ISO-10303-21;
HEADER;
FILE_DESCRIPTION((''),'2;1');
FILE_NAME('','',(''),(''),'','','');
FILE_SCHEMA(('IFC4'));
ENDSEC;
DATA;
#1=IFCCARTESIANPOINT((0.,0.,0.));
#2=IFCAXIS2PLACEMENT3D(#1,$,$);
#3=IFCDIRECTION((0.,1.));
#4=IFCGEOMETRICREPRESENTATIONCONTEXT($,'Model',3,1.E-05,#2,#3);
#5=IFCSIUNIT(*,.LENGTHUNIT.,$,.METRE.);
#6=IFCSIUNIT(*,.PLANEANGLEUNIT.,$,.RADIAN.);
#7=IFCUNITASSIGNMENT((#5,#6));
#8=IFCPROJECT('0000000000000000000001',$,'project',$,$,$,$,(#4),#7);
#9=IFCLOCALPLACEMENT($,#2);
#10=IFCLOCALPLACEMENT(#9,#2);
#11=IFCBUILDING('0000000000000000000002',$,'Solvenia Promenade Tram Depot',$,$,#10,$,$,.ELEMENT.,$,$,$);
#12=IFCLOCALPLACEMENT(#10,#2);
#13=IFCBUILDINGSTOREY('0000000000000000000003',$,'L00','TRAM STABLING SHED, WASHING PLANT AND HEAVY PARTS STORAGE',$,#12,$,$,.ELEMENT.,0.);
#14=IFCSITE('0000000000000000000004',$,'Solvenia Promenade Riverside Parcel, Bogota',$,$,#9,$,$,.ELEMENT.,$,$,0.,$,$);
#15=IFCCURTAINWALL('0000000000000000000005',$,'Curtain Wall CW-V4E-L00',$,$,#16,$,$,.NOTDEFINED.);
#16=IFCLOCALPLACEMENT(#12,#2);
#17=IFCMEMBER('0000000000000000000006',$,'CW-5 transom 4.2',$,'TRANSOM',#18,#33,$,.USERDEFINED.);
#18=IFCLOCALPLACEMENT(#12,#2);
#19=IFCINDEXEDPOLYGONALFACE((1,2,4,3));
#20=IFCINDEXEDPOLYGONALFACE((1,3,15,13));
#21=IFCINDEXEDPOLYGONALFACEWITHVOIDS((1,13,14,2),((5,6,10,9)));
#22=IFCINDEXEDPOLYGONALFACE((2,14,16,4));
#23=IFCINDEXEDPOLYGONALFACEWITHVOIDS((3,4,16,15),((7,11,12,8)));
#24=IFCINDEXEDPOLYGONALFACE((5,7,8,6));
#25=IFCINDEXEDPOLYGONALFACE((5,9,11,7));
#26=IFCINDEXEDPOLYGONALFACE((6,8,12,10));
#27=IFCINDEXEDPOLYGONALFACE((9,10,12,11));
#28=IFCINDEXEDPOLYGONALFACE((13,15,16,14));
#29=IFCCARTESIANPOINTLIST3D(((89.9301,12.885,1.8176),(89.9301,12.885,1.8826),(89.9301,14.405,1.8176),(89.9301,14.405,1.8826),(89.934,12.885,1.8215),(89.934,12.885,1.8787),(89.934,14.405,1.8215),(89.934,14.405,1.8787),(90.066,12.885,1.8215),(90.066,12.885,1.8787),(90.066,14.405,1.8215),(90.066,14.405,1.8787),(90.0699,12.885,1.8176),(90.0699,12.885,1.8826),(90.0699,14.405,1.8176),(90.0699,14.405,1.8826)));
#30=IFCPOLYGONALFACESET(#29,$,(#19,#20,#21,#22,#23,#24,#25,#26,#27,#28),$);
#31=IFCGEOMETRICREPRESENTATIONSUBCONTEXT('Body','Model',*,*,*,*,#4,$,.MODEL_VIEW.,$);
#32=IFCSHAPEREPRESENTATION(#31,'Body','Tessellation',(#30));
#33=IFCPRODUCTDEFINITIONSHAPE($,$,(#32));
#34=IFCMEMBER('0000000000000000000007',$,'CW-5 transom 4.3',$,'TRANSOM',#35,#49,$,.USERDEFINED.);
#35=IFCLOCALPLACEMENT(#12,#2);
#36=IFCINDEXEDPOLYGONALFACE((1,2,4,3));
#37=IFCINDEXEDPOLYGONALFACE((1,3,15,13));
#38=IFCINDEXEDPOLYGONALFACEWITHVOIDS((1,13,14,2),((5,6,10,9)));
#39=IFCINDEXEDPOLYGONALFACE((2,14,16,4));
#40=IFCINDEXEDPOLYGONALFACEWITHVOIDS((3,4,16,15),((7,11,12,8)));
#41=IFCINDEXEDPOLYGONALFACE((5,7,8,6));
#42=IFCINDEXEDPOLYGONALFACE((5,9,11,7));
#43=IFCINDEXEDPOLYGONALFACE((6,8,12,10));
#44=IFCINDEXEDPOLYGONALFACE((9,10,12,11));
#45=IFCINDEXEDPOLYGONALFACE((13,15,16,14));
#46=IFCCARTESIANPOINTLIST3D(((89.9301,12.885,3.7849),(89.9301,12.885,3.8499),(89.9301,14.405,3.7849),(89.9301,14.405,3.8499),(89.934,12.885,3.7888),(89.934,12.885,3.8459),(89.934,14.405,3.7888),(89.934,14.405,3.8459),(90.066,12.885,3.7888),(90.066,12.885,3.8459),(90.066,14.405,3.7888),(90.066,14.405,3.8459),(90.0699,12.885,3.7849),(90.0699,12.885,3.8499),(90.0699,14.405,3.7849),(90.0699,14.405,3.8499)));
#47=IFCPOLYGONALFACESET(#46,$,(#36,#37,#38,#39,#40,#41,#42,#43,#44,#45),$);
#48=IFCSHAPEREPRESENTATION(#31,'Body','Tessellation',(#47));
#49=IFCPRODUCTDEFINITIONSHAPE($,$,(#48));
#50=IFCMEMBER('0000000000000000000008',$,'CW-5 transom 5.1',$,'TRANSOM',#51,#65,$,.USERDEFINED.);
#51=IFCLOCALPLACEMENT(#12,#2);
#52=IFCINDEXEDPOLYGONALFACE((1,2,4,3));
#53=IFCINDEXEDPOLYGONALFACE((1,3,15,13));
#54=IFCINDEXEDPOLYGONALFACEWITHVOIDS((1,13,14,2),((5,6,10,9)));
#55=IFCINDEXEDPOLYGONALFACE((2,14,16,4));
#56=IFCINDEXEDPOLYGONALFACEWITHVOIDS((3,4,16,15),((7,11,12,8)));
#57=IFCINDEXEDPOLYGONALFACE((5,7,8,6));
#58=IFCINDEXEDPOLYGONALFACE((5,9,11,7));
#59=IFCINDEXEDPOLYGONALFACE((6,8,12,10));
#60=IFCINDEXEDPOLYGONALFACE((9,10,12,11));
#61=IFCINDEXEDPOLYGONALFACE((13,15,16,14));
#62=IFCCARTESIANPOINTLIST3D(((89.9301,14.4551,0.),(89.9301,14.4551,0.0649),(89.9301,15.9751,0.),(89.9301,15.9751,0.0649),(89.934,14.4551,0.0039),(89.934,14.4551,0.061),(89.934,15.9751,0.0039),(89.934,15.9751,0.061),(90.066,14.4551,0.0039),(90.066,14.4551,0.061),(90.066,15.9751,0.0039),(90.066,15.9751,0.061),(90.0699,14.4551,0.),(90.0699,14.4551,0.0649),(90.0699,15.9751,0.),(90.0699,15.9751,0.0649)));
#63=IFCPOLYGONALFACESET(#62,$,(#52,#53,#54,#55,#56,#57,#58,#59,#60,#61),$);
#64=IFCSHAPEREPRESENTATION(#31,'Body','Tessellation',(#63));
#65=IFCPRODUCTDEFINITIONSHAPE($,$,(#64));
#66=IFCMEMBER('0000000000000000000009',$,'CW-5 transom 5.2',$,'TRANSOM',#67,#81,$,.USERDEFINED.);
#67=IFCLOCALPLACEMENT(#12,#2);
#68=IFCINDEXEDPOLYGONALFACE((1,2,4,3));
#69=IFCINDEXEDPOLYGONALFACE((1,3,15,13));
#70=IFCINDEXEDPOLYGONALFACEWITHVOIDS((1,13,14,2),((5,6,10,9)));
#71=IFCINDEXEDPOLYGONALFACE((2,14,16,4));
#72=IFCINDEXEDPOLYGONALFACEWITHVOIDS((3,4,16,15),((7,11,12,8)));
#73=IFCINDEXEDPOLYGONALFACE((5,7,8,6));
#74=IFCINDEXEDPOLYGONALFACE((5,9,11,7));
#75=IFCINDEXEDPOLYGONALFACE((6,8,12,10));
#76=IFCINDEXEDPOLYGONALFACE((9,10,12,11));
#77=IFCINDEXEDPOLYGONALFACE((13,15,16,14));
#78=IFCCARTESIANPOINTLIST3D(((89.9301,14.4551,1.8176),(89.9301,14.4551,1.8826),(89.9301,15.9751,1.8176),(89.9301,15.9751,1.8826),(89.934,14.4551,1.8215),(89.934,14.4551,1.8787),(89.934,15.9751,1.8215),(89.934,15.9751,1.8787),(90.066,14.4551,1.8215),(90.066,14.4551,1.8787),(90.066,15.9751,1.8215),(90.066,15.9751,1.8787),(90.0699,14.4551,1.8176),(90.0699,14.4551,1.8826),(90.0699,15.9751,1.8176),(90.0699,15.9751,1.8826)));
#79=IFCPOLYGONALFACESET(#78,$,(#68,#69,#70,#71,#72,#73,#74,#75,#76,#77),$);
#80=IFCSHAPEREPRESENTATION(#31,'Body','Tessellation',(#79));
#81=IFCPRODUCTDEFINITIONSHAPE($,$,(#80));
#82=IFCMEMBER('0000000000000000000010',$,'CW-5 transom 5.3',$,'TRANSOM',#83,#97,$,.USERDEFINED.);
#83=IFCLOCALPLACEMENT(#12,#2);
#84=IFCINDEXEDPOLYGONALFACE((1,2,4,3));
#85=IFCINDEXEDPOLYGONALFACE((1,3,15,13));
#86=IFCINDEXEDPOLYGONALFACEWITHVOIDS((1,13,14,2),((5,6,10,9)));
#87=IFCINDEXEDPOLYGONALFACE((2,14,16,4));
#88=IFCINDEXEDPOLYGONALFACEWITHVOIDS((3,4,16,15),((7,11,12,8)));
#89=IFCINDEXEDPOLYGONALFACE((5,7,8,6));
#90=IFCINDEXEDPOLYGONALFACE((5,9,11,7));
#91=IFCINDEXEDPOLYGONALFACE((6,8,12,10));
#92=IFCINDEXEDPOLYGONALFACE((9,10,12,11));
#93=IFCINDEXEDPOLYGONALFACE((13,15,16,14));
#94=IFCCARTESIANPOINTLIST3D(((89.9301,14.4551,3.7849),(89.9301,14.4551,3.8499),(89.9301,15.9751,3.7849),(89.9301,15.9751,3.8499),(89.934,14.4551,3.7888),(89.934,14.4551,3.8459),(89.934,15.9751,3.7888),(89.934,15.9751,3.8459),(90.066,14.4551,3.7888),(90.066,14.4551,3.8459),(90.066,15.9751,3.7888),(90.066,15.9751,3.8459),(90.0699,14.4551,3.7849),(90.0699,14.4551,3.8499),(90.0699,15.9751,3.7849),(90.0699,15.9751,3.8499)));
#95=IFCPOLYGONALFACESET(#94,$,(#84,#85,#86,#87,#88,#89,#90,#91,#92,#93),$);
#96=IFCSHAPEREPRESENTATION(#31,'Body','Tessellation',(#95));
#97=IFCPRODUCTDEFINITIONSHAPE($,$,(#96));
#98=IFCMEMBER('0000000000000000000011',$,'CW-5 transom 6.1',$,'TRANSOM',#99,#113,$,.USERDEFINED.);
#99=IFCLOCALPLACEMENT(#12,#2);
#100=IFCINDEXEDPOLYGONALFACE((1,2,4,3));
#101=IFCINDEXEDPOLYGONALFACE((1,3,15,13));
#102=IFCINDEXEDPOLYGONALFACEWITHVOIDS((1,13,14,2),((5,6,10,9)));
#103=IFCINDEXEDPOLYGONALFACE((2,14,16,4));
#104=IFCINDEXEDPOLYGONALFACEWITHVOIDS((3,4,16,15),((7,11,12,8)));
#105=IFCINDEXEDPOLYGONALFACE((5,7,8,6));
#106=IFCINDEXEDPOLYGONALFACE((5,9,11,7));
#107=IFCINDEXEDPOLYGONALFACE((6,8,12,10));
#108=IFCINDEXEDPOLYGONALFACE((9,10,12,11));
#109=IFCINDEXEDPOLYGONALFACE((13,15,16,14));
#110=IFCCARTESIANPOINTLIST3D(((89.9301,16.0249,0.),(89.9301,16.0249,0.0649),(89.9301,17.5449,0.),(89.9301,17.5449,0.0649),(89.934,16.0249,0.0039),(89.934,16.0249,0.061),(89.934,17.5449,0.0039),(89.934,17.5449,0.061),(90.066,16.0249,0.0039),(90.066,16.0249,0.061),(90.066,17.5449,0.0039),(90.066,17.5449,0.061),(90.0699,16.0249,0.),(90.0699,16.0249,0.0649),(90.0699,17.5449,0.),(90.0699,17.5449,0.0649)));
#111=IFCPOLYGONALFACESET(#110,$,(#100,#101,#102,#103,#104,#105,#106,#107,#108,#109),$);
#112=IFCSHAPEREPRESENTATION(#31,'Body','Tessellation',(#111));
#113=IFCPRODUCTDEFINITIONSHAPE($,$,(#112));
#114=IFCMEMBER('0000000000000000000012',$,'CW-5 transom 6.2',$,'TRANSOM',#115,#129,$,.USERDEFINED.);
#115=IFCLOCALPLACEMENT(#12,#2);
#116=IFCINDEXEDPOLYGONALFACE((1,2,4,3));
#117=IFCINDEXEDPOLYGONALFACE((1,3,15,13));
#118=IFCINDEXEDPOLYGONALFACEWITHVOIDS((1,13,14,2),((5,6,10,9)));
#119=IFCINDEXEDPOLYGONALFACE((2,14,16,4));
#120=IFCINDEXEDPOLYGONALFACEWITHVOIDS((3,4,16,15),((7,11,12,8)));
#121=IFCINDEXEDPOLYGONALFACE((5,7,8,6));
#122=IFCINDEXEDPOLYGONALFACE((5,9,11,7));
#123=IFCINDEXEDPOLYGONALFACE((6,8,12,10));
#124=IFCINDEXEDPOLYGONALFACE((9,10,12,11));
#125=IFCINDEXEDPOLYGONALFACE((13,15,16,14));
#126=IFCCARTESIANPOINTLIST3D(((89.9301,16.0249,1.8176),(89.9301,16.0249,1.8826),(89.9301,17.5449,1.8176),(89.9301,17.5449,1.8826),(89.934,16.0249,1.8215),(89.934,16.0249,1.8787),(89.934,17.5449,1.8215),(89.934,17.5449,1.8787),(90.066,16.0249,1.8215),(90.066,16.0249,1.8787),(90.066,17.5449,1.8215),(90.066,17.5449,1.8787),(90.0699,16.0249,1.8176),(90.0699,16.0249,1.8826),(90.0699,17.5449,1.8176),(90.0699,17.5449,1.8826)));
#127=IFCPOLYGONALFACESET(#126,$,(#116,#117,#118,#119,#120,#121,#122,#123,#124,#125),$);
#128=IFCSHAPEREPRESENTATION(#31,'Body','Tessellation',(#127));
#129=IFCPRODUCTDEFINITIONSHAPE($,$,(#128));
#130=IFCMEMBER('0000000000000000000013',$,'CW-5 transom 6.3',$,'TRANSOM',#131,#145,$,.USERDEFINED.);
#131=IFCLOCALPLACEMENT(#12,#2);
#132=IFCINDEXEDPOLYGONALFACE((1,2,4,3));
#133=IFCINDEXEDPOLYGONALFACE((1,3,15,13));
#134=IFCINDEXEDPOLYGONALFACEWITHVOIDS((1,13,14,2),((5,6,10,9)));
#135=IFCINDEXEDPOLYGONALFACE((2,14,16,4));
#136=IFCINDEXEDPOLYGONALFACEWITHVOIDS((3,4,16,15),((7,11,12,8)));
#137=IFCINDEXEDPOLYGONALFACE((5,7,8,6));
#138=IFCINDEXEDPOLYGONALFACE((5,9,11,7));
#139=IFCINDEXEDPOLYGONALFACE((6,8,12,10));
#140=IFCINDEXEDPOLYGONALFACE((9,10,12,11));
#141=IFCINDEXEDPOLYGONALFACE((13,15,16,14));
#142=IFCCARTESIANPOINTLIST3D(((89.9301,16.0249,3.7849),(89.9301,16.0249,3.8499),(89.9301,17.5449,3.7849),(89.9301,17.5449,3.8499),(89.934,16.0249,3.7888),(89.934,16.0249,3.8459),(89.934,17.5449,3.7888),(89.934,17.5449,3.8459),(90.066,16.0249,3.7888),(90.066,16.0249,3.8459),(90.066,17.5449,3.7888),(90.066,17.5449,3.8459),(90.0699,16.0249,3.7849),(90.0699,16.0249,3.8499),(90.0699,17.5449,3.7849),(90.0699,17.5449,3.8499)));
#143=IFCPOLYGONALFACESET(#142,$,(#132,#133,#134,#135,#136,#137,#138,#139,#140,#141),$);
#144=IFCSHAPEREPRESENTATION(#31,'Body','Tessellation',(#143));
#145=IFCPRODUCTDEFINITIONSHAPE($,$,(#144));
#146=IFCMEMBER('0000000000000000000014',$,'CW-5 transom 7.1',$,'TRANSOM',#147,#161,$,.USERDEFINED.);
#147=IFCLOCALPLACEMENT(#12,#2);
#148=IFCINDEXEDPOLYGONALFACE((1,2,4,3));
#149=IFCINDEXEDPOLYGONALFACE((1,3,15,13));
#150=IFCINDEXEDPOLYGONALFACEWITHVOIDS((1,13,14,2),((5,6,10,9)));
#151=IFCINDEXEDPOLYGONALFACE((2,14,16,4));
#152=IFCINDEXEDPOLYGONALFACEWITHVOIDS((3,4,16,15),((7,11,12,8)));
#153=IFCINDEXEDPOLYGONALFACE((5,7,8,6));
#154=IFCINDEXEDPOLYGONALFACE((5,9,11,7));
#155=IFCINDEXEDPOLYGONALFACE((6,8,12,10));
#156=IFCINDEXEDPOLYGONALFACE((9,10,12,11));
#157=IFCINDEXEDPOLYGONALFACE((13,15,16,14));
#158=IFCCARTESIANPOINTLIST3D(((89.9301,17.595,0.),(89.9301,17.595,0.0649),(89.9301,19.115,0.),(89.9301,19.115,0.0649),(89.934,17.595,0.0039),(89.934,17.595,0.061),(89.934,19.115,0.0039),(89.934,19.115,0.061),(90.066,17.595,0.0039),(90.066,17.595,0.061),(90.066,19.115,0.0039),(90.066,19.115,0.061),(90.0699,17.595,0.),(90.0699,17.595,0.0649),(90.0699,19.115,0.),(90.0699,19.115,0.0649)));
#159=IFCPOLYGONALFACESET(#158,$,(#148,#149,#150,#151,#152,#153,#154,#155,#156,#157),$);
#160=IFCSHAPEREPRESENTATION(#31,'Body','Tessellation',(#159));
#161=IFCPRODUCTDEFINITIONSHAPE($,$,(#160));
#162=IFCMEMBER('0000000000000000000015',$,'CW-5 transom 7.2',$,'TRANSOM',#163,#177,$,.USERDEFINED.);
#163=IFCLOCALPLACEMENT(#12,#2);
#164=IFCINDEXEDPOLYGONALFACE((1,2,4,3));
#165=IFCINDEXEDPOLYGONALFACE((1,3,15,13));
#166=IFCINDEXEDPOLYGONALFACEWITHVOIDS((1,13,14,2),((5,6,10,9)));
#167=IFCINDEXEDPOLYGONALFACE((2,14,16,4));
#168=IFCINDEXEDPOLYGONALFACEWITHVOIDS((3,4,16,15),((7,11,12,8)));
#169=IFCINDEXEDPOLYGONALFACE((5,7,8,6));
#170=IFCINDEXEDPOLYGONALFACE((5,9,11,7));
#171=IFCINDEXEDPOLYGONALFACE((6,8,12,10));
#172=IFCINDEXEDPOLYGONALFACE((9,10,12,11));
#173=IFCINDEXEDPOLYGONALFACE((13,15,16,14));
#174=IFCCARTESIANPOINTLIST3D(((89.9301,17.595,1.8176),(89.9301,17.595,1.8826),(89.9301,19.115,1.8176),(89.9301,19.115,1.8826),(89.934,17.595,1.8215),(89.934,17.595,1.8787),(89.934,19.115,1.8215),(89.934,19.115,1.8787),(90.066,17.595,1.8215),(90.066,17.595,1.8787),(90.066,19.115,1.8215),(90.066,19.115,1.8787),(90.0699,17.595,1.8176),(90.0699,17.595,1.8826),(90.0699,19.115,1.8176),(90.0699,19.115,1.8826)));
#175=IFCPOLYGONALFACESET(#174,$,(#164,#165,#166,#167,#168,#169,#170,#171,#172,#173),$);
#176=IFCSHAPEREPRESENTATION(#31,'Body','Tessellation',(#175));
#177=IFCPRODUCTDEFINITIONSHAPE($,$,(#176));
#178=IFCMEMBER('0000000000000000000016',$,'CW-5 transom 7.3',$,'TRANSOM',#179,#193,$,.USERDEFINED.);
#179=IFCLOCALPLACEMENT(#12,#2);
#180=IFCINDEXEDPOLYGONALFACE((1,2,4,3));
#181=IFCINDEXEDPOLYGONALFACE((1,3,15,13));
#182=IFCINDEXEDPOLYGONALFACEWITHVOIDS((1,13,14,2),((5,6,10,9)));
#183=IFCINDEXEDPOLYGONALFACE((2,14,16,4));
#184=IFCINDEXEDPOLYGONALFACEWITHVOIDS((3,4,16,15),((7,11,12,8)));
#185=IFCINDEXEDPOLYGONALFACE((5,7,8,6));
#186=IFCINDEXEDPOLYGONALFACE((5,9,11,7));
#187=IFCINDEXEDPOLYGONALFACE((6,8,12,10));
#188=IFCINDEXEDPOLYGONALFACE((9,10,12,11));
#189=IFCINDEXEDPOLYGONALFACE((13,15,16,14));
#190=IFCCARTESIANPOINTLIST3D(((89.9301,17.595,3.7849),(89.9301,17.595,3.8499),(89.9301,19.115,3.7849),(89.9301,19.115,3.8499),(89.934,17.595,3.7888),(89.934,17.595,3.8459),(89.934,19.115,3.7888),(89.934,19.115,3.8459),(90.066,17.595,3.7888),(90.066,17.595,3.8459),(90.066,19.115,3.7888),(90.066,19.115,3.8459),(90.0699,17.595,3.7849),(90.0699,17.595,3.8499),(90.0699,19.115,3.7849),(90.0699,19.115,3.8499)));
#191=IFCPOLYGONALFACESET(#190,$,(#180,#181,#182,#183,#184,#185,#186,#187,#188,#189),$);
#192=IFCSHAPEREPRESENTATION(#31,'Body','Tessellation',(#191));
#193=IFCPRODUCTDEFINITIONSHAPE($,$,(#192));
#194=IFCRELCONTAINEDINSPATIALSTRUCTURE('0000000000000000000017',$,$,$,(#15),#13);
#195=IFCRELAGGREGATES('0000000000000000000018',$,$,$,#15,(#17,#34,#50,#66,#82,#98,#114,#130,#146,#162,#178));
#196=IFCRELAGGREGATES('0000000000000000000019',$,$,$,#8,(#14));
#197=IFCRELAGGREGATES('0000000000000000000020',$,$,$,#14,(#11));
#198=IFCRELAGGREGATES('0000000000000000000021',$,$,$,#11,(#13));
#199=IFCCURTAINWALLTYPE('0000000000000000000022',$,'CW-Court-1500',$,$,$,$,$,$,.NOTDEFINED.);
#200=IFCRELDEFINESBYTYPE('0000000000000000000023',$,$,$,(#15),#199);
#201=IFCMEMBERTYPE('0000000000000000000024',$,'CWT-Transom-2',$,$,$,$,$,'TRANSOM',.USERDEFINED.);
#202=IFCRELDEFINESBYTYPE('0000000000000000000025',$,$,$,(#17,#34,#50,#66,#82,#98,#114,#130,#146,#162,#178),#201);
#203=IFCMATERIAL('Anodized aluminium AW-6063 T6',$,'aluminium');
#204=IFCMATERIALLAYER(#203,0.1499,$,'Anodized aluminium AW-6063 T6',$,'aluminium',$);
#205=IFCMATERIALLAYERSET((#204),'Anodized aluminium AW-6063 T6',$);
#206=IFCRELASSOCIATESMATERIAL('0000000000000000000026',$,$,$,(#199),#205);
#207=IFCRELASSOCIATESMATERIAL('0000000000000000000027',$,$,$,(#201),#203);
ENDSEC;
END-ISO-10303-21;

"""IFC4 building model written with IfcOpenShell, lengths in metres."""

from ifc_helpers import new_model, si_unit, direction, frame, origin, origin_2d, place, context, subcontext, project, spatial, hollow_rectangle, extrude, material, layer, layer_set, material_profile, profile_set, type_object, element, aggregate, save


model = new_model("IFC4")

# Units and contexts
model_context = context("Model", 3, precision=1e-05, world=origin(), true_north=direction((0.0, 1.0)))
body_context = subcontext(model_context, "Body", "Model", "MODEL_VIEW")
ifc_project = project(units=[si_unit("LENGTHUNIT", "METRE"), si_unit("PLANEANGLEUNIT", "RADIAN")], contexts=[model_context])

# Site, building, storey
site_placement = place(None, origin())
site = spatial("IfcSite", under=ifc_project, at=site_placement, Name="Solvenia Promenade Riverside Parcel, Bogota", CompositionType="ELEMENT", RefElevation=0.0)
building_placement = place(site_placement, origin())
building = spatial("IfcBuilding", under=site, at=building_placement, Name="Solvenia Promenade Tram Depot", CompositionType="ELEMENT")
storey_placement = place(building_placement, origin())
storey = spatial("IfcBuildingStorey", under=building, at=storey_placement, Name="L00", Description="TRAM STABLING SHED, WASHING PLANT AND HEAVY PARTS STORAGE", CompositionType="ELEMENT", Elevation=0.0)

# Curtain wall, members
ifc_material_1 = material(Name="Anodized aluminium AW-6063 T6", Category="aluminium")
ifc_layer_1 = layer(ifc_material_1, 0.1499, Name="Anodized aluminium AW-6063 T6", Category="aluminium")
ifc_layer_set_1 = layer_set([ifc_layer_1], Name="Anodized aluminium AW-6063 T6")
curtain_wall_type = type_object("IfcCurtainWallType", Name="CW-Court-1500", PredefinedType="NOTDEFINED", material=ifc_layer_set_1)
curtain_wall_placement = place(storey_placement, origin())
curtain_wall = element("IfcCurtainWall", 1, at=curtain_wall_placement, inside=storey, type_object=curtain_wall_type, Name="Curtain Wall CW-V4E-L00", PredefinedType="NOTDEFINED")
ifc_material_profile_1 = material_profile(ifc_material_1, hollow_rectangle(XDim=0.1399, YDim=0.0649, WallThickness=0.0039, at=origin_2d()), Name="ALU-T2", Category="aluminium")
ifc_profile_set_1 = profile_set([ifc_material_profile_1], Name="Anodized aluminium AW-6063 T6")
member_type_1 = type_object("IfcMemberType", Name="CWT-Transom-2", ElementType="TRANSOM", PredefinedType="USERDEFINED", material=ifc_profile_set_1)
member_1_placement = place(storey_placement, frame((90.0, 12.885, 1.8501), z_axis=(0.0, 1.0, 0.0), x_axis=(-1.0, 0.0, 0.0)))
member_1 = element("IfcMember", 2, at=member_1_placement, type_object=member_type_1, Name="CW-5 transom 4.2", ObjectType="TRANSOM", PredefinedType="USERDEFINED", context=body_context, shape_type="SweptSolid", body=[
    extrude(hollow_rectangle(XDim=0.1399, YDim=0.0649, WallThickness=0.0039, at=origin_2d()), origin(), (0.0, 0.0, 1.0), 1.52),
])
member_2_placement = place(storey_placement, frame((90.0, 12.885, 3.8174), z_axis=(0.0, 1.0, 0.0), x_axis=(-1.0, 0.0, 0.0)))
member_2 = element("IfcMember", 3, at=member_2_placement, type_object=member_type_1, Name="CW-5 transom 4.3", ObjectType="TRANSOM", PredefinedType="USERDEFINED", context=body_context, shape_type="SweptSolid", body=[
    extrude(hollow_rectangle(XDim=0.1399, YDim=0.0649, WallThickness=0.0039, at=origin_2d()), origin(), (0.0, 0.0, 1.0), 1.52),
])
member_3_placement = place(storey_placement, frame((90.0, 14.4551, 0.0325), z_axis=(0.0, 1.0, 0.0), x_axis=(-1.0, 0.0, 0.0)))
member_3 = element("IfcMember", 4, at=member_3_placement, type_object=member_type_1, Name="CW-5 transom 5.1", ObjectType="TRANSOM", PredefinedType="USERDEFINED", context=body_context, shape_type="SweptSolid", body=[
    extrude(hollow_rectangle(XDim=0.1399, YDim=0.0649, WallThickness=0.0039, at=origin_2d()), origin(), (0.0, 0.0, 1.0), 1.52),
])
member_4_placement = place(storey_placement, frame((90.0, 14.4551, 1.8501), z_axis=(0.0, 1.0, 0.0), x_axis=(-1.0, 0.0, 0.0)))
member_4 = element("IfcMember", 5, at=member_4_placement, type_object=member_type_1, Name="CW-5 transom 5.2", ObjectType="TRANSOM", PredefinedType="USERDEFINED", context=body_context, shape_type="SweptSolid", body=[
    extrude(hollow_rectangle(XDim=0.1399, YDim=0.0649, WallThickness=0.0039, at=origin_2d()), origin(), (0.0, 0.0, 1.0), 1.52),
])
member_5_placement = place(storey_placement, frame((90.0, 14.4551, 3.8174), z_axis=(0.0, 1.0, 0.0), x_axis=(-1.0, 0.0, 0.0)))
member_5 = element("IfcMember", 6, at=member_5_placement, type_object=member_type_1, Name="CW-5 transom 5.3", ObjectType="TRANSOM", PredefinedType="USERDEFINED", context=body_context, shape_type="SweptSolid", body=[
    extrude(hollow_rectangle(XDim=0.1399, YDim=0.0649, WallThickness=0.0039, at=origin_2d()), origin(), (0.0, 0.0, 1.0), 1.52),
])
member_6_placement = place(storey_placement, frame((90.0, 16.0249, 0.0325), z_axis=(0.0, 1.0, 0.0), x_axis=(-1.0, 0.0, 0.0)))
member_6 = element("IfcMember", 7, at=member_6_placement, type_object=member_type_1, Name="CW-5 transom 6.1", ObjectType="TRANSOM", PredefinedType="USERDEFINED", context=body_context, shape_type="SweptSolid", body=[
    extrude(hollow_rectangle(XDim=0.1399, YDim=0.0649, WallThickness=0.0039, at=origin_2d()), origin(), (0.0, 0.0, 1.0), 1.52),
])
member_7_placement = place(storey_placement, frame((90.0, 16.0249, 1.8501), z_axis=(0.0, 1.0, 0.0), x_axis=(-1.0, 0.0, 0.0)))
member_7 = element("IfcMember", 8, at=member_7_placement, type_object=member_type_1, Name="CW-5 transom 6.2", ObjectType="TRANSOM", PredefinedType="USERDEFINED", context=body_context, shape_type="SweptSolid", body=[
    extrude(hollow_rectangle(XDim=0.1399, YDim=0.0649, WallThickness=0.0039, at=origin_2d()), origin(), (0.0, 0.0, 1.0), 1.52),
])
member_8_placement = place(storey_placement, frame((90.0, 16.0249, 3.8174), z_axis=(0.0, 1.0, 0.0), x_axis=(-1.0, 0.0, 0.0)))
member_8 = element("IfcMember", 9, at=member_8_placement, type_object=member_type_1, Name="CW-5 transom 6.3", ObjectType="TRANSOM", PredefinedType="USERDEFINED", context=body_context, shape_type="SweptSolid", body=[
    extrude(hollow_rectangle(XDim=0.1399, YDim=0.0649, WallThickness=0.0039, at=origin_2d()), origin(), (0.0, 0.0, 1.0), 1.52),
])
member_9_placement = place(storey_placement, frame((90.0, 17.595, 0.0325), z_axis=(0.0, 1.0, 0.0), x_axis=(-1.0, 0.0, 0.0)))
member_9 = element("IfcMember", 10, at=member_9_placement, type_object=member_type_1, Name="CW-5 transom 7.1", ObjectType="TRANSOM", PredefinedType="USERDEFINED", context=body_context, shape_type="SweptSolid", body=[
    extrude(hollow_rectangle(XDim=0.1399, YDim=0.0649, WallThickness=0.0039, at=origin_2d()), origin(), (0.0, 0.0, 1.0), 1.52),
])
member_10_placement = place(storey_placement, frame((90.0, 17.595, 1.8501), z_axis=(0.0, 1.0, 0.0), x_axis=(-1.0, 0.0, 0.0)))
member_10 = element("IfcMember", 11, at=member_10_placement, type_object=member_type_1, Name="CW-5 transom 7.2", ObjectType="TRANSOM", PredefinedType="USERDEFINED", context=body_context, shape_type="SweptSolid", body=[
    extrude(hollow_rectangle(XDim=0.1399, YDim=0.0649, WallThickness=0.0039, at=origin_2d()), origin(), (0.0, 0.0, 1.0), 1.52),
])
member_11_placement = place(storey_placement, frame((90.0, 17.595, 3.8174), z_axis=(0.0, 1.0, 0.0), x_axis=(-1.0, 0.0, 0.0)))
member_11 = element("IfcMember", 12, at=member_11_placement, type_object=member_type_1, Name="CW-5 transom 7.3", ObjectType="TRANSOM", PredefinedType="USERDEFINED", context=body_context, shape_type="SweptSolid", body=[
    extrude(hollow_rectangle(XDim=0.1399, YDim=0.0649, WallThickness=0.0039, at=origin_2d()), origin(), (0.0, 0.0, 1.0), 1.52),
])
aggregate(curtain_wall, [member_1, member_2, member_3, member_4, member_5, member_6, member_7, member_8, member_9, member_10, member_11])

save(model, "model.ifc")
